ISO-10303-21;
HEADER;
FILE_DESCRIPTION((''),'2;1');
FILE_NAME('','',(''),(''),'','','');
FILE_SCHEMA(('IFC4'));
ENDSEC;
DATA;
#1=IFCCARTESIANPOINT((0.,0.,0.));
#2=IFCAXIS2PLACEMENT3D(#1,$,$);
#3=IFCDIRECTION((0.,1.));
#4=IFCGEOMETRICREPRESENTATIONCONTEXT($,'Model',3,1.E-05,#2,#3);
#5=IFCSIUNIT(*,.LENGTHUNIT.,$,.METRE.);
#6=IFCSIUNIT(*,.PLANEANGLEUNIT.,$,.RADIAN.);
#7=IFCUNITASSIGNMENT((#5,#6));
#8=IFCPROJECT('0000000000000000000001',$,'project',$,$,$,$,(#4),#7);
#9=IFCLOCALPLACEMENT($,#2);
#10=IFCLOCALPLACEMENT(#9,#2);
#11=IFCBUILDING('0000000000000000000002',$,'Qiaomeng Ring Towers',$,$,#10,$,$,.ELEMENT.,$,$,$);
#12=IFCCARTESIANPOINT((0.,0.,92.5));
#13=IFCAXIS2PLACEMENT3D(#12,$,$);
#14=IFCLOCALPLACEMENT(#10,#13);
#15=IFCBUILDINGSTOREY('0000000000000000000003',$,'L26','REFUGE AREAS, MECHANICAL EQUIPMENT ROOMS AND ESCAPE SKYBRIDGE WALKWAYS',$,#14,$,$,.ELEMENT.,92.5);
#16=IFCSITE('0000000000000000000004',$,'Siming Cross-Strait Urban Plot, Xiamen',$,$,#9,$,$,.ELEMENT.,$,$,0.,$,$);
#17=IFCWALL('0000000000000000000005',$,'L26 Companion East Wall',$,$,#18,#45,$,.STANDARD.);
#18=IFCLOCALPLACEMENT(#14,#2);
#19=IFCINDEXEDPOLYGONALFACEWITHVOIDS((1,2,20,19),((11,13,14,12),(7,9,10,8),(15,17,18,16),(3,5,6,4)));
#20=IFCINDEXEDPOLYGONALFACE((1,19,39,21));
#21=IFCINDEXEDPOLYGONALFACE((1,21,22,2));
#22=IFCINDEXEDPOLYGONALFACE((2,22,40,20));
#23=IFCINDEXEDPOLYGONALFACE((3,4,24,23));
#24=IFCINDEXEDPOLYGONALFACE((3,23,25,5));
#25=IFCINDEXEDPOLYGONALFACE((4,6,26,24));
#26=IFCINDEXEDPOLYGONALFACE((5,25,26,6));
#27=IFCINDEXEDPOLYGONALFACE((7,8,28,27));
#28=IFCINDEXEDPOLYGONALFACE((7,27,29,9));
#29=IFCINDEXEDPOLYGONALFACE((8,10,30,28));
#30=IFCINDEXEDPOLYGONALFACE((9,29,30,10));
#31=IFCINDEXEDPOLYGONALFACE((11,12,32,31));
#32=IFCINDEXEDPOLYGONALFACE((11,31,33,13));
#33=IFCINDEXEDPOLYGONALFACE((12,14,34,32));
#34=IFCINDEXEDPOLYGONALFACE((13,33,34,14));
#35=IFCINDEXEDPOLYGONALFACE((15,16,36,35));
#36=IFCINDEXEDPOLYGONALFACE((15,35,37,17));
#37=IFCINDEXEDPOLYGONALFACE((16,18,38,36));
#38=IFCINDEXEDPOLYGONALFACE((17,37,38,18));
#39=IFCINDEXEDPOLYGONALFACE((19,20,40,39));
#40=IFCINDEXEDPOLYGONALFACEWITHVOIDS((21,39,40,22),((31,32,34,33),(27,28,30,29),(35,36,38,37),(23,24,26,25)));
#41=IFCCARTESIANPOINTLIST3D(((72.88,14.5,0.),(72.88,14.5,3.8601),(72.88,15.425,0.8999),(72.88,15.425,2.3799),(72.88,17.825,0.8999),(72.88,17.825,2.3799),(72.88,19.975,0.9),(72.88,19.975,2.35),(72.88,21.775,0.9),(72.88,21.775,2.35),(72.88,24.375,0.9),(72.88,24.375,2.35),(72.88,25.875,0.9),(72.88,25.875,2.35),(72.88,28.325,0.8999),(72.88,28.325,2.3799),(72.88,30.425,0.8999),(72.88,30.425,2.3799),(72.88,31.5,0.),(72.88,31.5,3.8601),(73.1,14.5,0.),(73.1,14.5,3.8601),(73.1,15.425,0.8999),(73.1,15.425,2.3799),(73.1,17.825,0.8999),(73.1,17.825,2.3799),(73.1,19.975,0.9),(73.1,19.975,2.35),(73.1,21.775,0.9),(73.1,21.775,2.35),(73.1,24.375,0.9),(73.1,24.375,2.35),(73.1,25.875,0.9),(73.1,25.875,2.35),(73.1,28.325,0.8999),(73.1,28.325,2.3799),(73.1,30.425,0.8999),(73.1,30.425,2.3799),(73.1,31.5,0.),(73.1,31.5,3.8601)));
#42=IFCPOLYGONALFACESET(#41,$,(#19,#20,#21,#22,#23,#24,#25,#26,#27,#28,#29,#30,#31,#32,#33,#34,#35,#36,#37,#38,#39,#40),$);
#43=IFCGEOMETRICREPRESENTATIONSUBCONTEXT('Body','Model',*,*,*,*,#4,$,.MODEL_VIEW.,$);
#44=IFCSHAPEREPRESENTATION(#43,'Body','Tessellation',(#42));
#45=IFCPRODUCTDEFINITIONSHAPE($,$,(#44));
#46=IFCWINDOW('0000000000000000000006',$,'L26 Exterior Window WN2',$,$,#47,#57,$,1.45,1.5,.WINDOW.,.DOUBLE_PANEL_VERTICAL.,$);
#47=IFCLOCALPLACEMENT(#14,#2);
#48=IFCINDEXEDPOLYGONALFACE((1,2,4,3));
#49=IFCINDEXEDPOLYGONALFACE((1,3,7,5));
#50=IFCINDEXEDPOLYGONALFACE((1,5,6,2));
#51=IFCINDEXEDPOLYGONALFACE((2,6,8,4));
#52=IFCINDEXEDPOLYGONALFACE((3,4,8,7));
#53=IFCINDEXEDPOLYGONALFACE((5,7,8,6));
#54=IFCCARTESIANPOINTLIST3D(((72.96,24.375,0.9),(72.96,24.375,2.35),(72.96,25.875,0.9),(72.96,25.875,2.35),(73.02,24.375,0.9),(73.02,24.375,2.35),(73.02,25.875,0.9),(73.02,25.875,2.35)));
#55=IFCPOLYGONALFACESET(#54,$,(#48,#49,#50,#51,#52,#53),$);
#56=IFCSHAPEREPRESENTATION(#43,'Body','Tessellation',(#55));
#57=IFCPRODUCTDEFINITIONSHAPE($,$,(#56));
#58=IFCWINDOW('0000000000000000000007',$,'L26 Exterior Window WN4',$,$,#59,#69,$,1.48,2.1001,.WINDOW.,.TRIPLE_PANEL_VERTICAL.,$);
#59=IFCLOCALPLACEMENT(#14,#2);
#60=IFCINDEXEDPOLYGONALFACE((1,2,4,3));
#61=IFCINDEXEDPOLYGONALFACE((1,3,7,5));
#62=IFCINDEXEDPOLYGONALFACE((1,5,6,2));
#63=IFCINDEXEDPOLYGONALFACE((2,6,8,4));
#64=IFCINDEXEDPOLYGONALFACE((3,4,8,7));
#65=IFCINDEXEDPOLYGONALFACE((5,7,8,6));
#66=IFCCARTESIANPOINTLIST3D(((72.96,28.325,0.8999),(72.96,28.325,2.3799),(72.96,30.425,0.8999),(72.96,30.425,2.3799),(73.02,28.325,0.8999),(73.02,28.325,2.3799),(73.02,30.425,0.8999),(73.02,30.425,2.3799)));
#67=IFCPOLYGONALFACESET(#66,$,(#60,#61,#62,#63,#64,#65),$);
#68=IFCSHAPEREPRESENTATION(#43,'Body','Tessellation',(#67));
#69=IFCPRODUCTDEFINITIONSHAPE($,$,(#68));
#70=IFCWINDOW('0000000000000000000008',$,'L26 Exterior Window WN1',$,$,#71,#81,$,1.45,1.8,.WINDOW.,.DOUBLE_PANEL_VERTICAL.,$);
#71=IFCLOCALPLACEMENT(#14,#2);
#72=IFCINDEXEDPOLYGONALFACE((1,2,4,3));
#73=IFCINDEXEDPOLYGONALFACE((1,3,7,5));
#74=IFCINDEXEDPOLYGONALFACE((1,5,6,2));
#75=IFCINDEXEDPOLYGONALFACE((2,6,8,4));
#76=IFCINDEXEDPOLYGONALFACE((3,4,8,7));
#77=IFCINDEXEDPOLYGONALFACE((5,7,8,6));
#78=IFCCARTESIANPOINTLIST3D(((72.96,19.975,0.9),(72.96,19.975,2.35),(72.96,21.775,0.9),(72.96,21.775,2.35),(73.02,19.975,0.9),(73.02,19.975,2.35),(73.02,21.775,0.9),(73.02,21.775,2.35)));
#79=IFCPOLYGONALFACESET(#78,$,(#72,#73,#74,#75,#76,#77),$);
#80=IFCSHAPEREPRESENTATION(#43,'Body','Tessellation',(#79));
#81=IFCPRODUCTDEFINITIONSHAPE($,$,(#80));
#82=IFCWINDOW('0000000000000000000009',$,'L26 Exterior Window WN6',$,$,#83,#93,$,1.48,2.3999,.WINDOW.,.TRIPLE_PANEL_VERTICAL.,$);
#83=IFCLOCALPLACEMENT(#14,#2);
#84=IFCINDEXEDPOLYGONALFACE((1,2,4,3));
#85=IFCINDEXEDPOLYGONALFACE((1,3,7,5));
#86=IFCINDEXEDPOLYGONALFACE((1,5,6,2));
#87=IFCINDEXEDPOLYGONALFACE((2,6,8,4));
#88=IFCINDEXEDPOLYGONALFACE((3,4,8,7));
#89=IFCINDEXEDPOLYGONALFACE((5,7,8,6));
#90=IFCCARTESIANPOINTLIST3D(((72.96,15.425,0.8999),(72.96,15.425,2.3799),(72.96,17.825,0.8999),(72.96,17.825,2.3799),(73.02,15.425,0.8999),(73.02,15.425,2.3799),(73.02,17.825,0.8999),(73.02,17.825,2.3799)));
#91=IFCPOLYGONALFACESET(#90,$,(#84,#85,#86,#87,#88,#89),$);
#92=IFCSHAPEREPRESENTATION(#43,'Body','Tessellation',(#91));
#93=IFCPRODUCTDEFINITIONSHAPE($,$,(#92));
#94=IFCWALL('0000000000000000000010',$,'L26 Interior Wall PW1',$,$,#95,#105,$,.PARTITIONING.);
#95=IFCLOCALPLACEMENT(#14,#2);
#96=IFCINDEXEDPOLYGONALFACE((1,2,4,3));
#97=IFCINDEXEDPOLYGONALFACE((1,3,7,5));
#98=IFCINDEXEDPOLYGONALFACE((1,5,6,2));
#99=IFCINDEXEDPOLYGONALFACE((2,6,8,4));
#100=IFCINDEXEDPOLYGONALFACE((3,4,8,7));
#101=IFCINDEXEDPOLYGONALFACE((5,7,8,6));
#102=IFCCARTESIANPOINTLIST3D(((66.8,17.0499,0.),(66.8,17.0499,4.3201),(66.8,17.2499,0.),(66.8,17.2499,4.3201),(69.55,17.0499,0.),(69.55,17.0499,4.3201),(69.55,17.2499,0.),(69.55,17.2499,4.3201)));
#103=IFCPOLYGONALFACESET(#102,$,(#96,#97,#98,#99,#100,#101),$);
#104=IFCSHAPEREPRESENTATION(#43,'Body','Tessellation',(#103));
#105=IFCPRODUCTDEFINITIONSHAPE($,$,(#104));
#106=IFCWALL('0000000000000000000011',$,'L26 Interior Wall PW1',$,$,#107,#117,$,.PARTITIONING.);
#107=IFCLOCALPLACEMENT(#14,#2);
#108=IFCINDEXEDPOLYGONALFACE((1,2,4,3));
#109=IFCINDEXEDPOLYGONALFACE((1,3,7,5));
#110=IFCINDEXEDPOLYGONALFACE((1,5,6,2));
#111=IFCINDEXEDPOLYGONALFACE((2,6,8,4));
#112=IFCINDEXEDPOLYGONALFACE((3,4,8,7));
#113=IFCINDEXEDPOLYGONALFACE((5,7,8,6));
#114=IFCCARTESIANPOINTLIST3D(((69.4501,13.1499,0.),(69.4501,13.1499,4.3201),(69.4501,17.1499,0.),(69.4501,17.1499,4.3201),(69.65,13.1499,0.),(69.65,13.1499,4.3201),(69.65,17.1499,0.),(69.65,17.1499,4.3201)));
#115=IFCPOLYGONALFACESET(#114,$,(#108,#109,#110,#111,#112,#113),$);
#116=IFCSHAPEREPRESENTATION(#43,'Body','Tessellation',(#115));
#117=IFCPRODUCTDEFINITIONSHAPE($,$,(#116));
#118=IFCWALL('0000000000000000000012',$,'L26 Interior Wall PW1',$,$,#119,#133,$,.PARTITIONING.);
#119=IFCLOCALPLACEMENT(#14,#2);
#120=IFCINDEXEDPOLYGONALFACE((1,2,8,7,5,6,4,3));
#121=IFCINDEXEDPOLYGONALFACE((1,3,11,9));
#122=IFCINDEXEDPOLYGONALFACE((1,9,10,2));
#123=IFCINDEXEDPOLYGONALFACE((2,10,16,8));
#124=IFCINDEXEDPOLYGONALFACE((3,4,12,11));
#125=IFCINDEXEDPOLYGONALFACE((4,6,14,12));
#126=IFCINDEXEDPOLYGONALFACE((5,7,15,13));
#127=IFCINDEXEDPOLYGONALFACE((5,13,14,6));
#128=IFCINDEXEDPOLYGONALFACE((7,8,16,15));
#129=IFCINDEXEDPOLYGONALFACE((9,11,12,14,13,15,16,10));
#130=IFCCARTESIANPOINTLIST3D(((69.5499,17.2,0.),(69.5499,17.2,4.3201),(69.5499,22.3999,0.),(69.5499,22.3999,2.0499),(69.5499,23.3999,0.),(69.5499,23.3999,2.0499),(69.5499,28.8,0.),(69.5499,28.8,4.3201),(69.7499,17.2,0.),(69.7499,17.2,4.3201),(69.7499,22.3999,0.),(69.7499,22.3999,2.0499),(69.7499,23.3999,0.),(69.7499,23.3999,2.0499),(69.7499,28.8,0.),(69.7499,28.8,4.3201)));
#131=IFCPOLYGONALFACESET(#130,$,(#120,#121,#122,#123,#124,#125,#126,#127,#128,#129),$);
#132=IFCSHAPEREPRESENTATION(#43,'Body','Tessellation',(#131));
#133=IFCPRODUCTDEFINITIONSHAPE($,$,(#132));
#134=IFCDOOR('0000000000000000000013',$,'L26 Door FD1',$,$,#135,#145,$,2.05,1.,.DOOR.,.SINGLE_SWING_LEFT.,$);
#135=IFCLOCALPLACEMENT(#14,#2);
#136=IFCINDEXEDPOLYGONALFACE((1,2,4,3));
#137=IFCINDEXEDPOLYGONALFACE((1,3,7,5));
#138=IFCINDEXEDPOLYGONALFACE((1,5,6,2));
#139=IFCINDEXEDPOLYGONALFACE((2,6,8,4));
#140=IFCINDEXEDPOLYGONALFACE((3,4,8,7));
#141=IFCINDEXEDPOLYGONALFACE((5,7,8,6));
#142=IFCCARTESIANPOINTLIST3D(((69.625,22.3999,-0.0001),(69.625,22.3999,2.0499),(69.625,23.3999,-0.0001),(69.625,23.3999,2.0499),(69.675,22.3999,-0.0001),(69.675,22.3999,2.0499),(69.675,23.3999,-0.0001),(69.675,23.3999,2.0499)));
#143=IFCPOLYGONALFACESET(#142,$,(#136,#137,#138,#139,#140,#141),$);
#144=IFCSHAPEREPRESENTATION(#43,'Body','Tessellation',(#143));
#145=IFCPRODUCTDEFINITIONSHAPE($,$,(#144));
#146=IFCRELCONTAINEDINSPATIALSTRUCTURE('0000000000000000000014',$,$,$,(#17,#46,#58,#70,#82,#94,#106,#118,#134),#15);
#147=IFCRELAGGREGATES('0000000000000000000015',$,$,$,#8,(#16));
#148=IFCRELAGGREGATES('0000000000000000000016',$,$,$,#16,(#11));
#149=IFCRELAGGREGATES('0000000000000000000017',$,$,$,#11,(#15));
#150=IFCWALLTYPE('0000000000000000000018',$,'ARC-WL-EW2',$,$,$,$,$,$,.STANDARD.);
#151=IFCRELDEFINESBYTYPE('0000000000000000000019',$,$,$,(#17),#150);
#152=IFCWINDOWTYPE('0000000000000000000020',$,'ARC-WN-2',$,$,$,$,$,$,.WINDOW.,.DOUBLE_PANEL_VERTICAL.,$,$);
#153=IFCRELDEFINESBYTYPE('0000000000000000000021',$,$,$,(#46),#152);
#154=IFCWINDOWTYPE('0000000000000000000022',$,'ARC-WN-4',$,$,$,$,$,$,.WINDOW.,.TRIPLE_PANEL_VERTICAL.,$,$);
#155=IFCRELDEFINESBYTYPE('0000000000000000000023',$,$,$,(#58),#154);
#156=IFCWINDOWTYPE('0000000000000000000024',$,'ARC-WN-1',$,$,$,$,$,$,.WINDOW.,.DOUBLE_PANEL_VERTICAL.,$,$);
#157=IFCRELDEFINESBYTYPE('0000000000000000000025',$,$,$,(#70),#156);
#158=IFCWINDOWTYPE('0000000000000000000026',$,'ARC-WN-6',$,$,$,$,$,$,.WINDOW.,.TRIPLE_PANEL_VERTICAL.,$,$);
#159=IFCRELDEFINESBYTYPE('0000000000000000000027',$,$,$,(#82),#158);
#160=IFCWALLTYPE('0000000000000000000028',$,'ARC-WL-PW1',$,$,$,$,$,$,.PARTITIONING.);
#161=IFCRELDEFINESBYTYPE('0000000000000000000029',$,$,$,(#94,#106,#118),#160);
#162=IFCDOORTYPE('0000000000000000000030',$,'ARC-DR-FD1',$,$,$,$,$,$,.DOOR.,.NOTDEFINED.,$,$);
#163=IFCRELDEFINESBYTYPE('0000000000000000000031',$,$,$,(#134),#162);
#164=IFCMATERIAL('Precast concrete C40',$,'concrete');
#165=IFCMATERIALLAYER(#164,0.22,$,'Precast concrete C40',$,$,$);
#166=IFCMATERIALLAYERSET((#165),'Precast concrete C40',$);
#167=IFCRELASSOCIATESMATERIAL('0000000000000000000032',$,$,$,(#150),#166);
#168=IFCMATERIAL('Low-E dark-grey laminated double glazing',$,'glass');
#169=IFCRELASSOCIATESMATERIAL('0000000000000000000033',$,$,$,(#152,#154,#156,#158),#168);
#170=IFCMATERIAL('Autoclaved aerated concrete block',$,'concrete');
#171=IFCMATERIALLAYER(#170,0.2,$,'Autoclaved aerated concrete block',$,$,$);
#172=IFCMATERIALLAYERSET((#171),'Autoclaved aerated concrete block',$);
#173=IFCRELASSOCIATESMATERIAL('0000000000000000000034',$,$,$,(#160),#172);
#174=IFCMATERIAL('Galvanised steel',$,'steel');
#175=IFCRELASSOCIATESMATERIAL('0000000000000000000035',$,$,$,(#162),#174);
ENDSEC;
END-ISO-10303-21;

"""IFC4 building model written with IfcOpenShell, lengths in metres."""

from ifc_helpers import new_model, si_unit, direction, frame, frame_2d, origin, place, context, subcontext, project, spatial, rectangle, extrude, source, transform, mapped, material, layer, layer_set, type_object, element, fill, save


model = new_model("IFC4")

# Units and contexts
model_context = context("Model", 3, precision=1e-05, world=origin(), true_north=direction((0.0, 1.0)))
body_context = subcontext(model_context, "Body", "Model", "MODEL_VIEW")
ifc_project = project(units=[si_unit("LENGTHUNIT", "METRE"), si_unit("PLANEANGLEUNIT", "RADIAN")], contexts=[model_context])

# Site, building, storey
site_placement = place(None, origin())
site = spatial("IfcSite", under=ifc_project, at=site_placement, Name="Siming Cross-Strait Urban Plot, Xiamen", CompositionType="ELEMENT", RefElevation=0.0)
building_placement = place(site_placement, origin())
building = spatial("IfcBuilding", under=site, at=building_placement, Name="Qiaomeng Ring Towers", CompositionType="ELEMENT")
storey_placement = place(building_placement, frame((0.0, 0.0, 92.5)))
storey = spatial("IfcBuildingStorey", under=building, at=storey_placement, Name="L26", Description="REFUGE AREAS, MECHANICAL EQUIPMENT ROOMS AND ESCAPE SKYBRIDGE WALKWAYS", CompositionType="ELEMENT", Elevation=92.5)

# Shared definitions
ifc_material_1 = material(Name="Low-E dark-grey laminated double glazing", Category="glass")

# Wall, openings, windows
ifc_material_2 = material(Name="Precast concrete C40", Category="concrete")
ifc_layer_1 = layer(ifc_material_2, 0.22, Name="Precast concrete C40")
ifc_layer_set_1 = layer_set([ifc_layer_1], Name="Precast concrete C40")
wall_type_1 = type_object("IfcWallType", Name="ARC-WL-EW2", PredefinedType="STANDARD", material=ifc_layer_set_1)
wall_1_placement = place(storey_placement, frame((72.99, 14.5, 0.0), z_axis=(0.0, 0.0, 1.0), x_axis=(0.0, 1.0, 0.0)))
wall_1 = element("IfcWall", 1, at=wall_1_placement, inside=storey, type_object=wall_type_1, Name="L26 Companion East Wall", PredefinedType="STANDARD", context=body_context, shape_type="SweptSolid", body=[
    extrude(rectangle(XDim=17.0, YDim=0.22, at=frame_2d((8.5, 0.0))), origin(), (0.0, 0.0, 1.0), 3.8601),
])
opening_1_placement = place(wall_1_placement, frame((0.925, 0.0, 0.8999)))
opening_1 = element("IfcOpeningElement", 2, at=opening_1_placement, cuts=wall_1, PredefinedType="OPENING", context=body_context, shape_type="SweptSolid", body=[
    extrude(rectangle(XDim=2.3999, YDim=1.48, at=frame_2d((1.2, 0.74))), frame((0.0, 0.1199, 0.0), z_axis=(0.0, -1.0, 0.0), x_axis=(1.0, 0.0, 0.0)), (0.0, 0.0, 1.0), 0.24),
])
opening_2_placement = place(wall_1_placement, frame((5.4751, 0.0, 0.8999)))
opening_2 = element("IfcOpeningElement", 3, at=opening_2_placement, cuts=wall_1, PredefinedType="OPENING", context=body_context, shape_type="SweptSolid", body=[
    extrude(rectangle(XDim=1.8, YDim=1.45, at=frame_2d((0.8999, 0.7251))), frame((0.0, 0.1199, 0.0), z_axis=(0.0, -1.0, 0.0), x_axis=(1.0, 0.0, 0.0)), (0.0, 0.0, 1.0), 0.24),
])
opening_3_placement = place(wall_1_placement, frame((9.875, 0.0, 0.8999)))
opening_3 = element("IfcOpeningElement", 4, at=opening_3_placement, cuts=wall_1, PredefinedType="OPENING", context=body_context, shape_type="SweptSolid", body=[
    extrude(rectangle(XDim=1.5, YDim=1.45, at=frame_2d((0.75, 0.7251))), frame((0.0, 0.1199, 0.0), z_axis=(0.0, -1.0, 0.0), x_axis=(1.0, 0.0, 0.0)), (0.0, 0.0, 1.0), 0.24),
])
opening_4_placement = place(wall_1_placement, frame((13.825, 0.0, 0.8999)))
opening_4 = element("IfcOpeningElement", 5, at=opening_4_placement, cuts=wall_1, PredefinedType="OPENING", context=body_context, shape_type="SweptSolid", body=[
    extrude(rectangle(XDim=2.1001, YDim=1.48, at=frame_2d((1.05, 0.74))), frame((0.0, 0.1199, 0.0), z_axis=(0.0, -1.0, 0.0), x_axis=(1.0, 0.0, 0.0)), (0.0, 0.0, 1.0), 0.24),
])
window_type_1 = type_object("IfcWindowType", Name="ARC-WN-2", PartitioningType="DOUBLE_PANEL_VERTICAL", PredefinedType="WINDOW", material=ifc_material_1)
shared_shape_1 = source(origin(), body_context, "Body", "SweptSolid", [
    extrude(rectangle(XDim=1.5, YDim=1.45, at=frame_2d((0.75, 0.7251))), frame((0.0, 0.03, 0.0), z_axis=(0.0, -1.0, 0.0), x_axis=(1.0, 0.0, 0.0)), (0.0, 0.0, 1.0), 0.0601),
])
window_1_placement = place(opening_3_placement, origin())
window_1 = element("IfcWindow", 6, at=window_1_placement, inside=storey, type_object=window_type_1, Name="L26 Exterior Window WN2", OverallHeight=1.45, OverallWidth=1.5, PartitioningType="DOUBLE_PANEL_VERTICAL", PredefinedType="WINDOW", context=body_context, shape_type="MappedRepresentation", body=[
    mapped(shared_shape_1, transform((0.0, 0.0, 0.0), x_axis=(1.0, 0.0, 0.0), y_axis=(0.0, 1.0, 0.0), z_axis=(0.0, 0.0, 1.0), scale=1.0)),
])
fill(opening_3, window_1)
window_type_2 = type_object("IfcWindowType", Name="ARC-WN-4", PartitioningType="TRIPLE_PANEL_VERTICAL", PredefinedType="WINDOW", material=ifc_material_1)
shared_shape_2 = source(origin(), body_context, "Body", "SweptSolid", [
    extrude(rectangle(XDim=2.1001, YDim=1.48, at=frame_2d((1.05, 0.74))), frame((0.0, 0.03, 0.0), z_axis=(0.0, -1.0, 0.0), x_axis=(1.0, 0.0, 0.0)), (0.0, 0.0, 1.0), 0.0601),
])
window_2_placement = place(opening_4_placement, origin())
window_2 = element("IfcWindow", 7, at=window_2_placement, inside=storey, type_object=window_type_2, Name="L26 Exterior Window WN4", OverallHeight=1.48, OverallWidth=2.1001, PartitioningType="TRIPLE_PANEL_VERTICAL", PredefinedType="WINDOW", context=body_context, shape_type="MappedRepresentation", body=[
    mapped(shared_shape_2, transform((0.0, 0.0, 0.0), x_axis=(1.0, 0.0, 0.0), y_axis=(0.0, 1.0, 0.0), z_axis=(0.0, 0.0, 1.0), scale=1.0)),
])
fill(opening_4, window_2)
window_type_3 = type_object("IfcWindowType", Name="ARC-WN-1", PartitioningType="DOUBLE_PANEL_VERTICAL", PredefinedType="WINDOW", material=ifc_material_1)
shared_shape_3 = source(origin(), body_context, "Body", "SweptSolid", [
    extrude(rectangle(XDim=1.8, YDim=1.45, at=frame_2d((0.8999, 0.7251))), frame((0.0, 0.03, 0.0), z_axis=(0.0, -1.0, 0.0), x_axis=(1.0, 0.0, 0.0)), (0.0, 0.0, 1.0), 0.0601),
])
window_3_placement = place(opening_2_placement, origin())
window_3 = element("IfcWindow", 8, at=window_3_placement, inside=storey, type_object=window_type_3, Name="L26 Exterior Window WN1", OverallHeight=1.45, OverallWidth=1.8, PartitioningType="DOUBLE_PANEL_VERTICAL", PredefinedType="WINDOW", context=body_context, shape_type="MappedRepresentation", body=[
    mapped(shared_shape_3, transform((0.0, 0.0, 0.0), x_axis=(1.0, 0.0, 0.0), y_axis=(0.0, 1.0, 0.0), z_axis=(0.0, 0.0, 1.0), scale=1.0)),
])
fill(opening_2, window_3)
window_type_4 = type_object("IfcWindowType", Name="ARC-WN-6", PartitioningType="TRIPLE_PANEL_VERTICAL", PredefinedType="WINDOW", material=ifc_material_1)
shared_shape_4 = source(origin(), body_context, "Body", "SweptSolid", [
    extrude(rectangle(XDim=2.3999, YDim=1.48, at=frame_2d((1.2, 0.74))), frame((0.0, 0.03, 0.0), z_axis=(0.0, -1.0, 0.0), x_axis=(1.0, 0.0, 0.0)), (0.0, 0.0, 1.0), 0.0601),
])
window_4_placement = place(opening_1_placement, origin())
window_4 = element("IfcWindow", 9, at=window_4_placement, inside=storey, type_object=window_type_4, Name="L26 Exterior Window WN6", OverallHeight=1.48, OverallWidth=2.3999, PartitioningType="TRIPLE_PANEL_VERTICAL", PredefinedType="WINDOW", context=body_context, shape_type="MappedRepresentation", body=[
    mapped(shared_shape_4, transform((0.0, 0.0, 0.0), x_axis=(1.0, 0.0, 0.0), y_axis=(0.0, 1.0, 0.0), z_axis=(0.0, 0.0, 1.0), scale=1.0)),
])
fill(opening_1, window_4)

# Walls
ifc_material_3 = material(Name="Autoclaved aerated concrete block", Category="concrete")
ifc_layer_2 = layer(ifc_material_3, 0.2, Name="Autoclaved aerated concrete block")
ifc_layer_set_2 = layer_set([ifc_layer_2], Name="Autoclaved aerated concrete block")
wall_type_2 = type_object("IfcWallType", Name="ARC-WL-PW1", PredefinedType="PARTITIONING", material=ifc_layer_set_2)
wall_2_placement = place(storey_placement, frame((66.8, 17.1499, 0.0), z_axis=(0.0, 0.0, 1.0), x_axis=(1.0, 0.0, 0.0)))
element("IfcWall", 10, at=wall_2_placement, inside=storey, type_object=wall_type_2, Name="L26 Interior Wall PW1", PredefinedType="PARTITIONING", context=body_context, shape_type="SweptSolid", body=[
    extrude(rectangle(XDim=2.75, YDim=0.2, at=frame_2d((1.375, 0.0))), origin(), (0.0, 0.0, 1.0), 4.3201),
])
wall_3_placement = place(storey_placement, frame((69.55, 13.1499, 0.0), z_axis=(0.0, 0.0, 1.0), x_axis=(0.0, 1.0, 0.0)))
element("IfcWall", 11, at=wall_3_placement, inside=storey, type_object=wall_type_2, Name="L26 Interior Wall PW1", PredefinedType="PARTITIONING", context=body_context, shape_type="SweptSolid", body=[
    extrude(rectangle(XDim=4.0, YDim=0.2, at=frame_2d((2.0, 0.0))), origin(), (0.0, 0.0, 1.0), 4.3201),
])

# Wall, opening, door
wall_4_placement = place(storey_placement, frame((69.6499, 17.2, 0.0), z_axis=(0.0, 0.0, 1.0), x_axis=(0.0, 1.0, 0.0)))
wall_4 = element("IfcWall", 12, at=wall_4_placement, inside=storey, type_object=wall_type_2, Name="L26 Interior Wall PW1", PredefinedType="PARTITIONING", context=body_context, shape_type="SweptSolid", body=[
    extrude(rectangle(XDim=11.6001, YDim=0.2, at=frame_2d((5.8, 0.0))), origin(), (0.0, 0.0, 1.0), 4.3201),
])
opening_5_placement = place(wall_4_placement, frame((5.2, 0.0, 0.0)))
opening_5 = element("IfcOpeningElement", 13, at=opening_5_placement, cuts=wall_4, PredefinedType="OPENING", context=body_context, shape_type="SweptSolid", body=[
    extrude(rectangle(XDim=1.0, YDim=2.05, at=frame_2d((0.5, 1.0249))), frame((0.0, 0.1099, 0.0), z_axis=(0.0, -1.0, 0.0), x_axis=(1.0, 0.0, 0.0)), (0.0, 0.0, 1.0), 0.22),
])
ifc_material_4 = material(Name="Galvanised steel", Category="steel")
door_type = type_object("IfcDoorType", Name="ARC-DR-FD1", OperationType="NOTDEFINED", PredefinedType="DOOR", material=ifc_material_4)
shared_shape_5 = source(origin(), body_context, "Body", "SweptSolid", [
    extrude(rectangle(XDim=1.0, YDim=2.05, at=frame_2d((0.5, 1.0249))), frame((0.0, 0.0249, 0.0), z_axis=(0.0, -1.0, 0.0), x_axis=(1.0, 0.0, 0.0)), (0.0, 0.0, 1.0), 0.05),
])
door_placement = place(opening_5_placement, origin())
door = element("IfcDoor", 14, at=door_placement, inside=storey, type_object=door_type, Name="L26 Door FD1", OperationType="SINGLE_SWING_LEFT", OverallHeight=2.05, OverallWidth=1.0, PredefinedType="DOOR", context=body_context, shape_type="MappedRepresentation", body=[
    mapped(shared_shape_5, transform((0.0, 0.0, 0.0), x_axis=(1.0, 0.0, 0.0), y_axis=(0.0, 1.0, 0.0), z_axis=(0.0, 0.0, 1.0), scale=1.0)),
])
fill(opening_5, door)

save(model, "model.ifc")
